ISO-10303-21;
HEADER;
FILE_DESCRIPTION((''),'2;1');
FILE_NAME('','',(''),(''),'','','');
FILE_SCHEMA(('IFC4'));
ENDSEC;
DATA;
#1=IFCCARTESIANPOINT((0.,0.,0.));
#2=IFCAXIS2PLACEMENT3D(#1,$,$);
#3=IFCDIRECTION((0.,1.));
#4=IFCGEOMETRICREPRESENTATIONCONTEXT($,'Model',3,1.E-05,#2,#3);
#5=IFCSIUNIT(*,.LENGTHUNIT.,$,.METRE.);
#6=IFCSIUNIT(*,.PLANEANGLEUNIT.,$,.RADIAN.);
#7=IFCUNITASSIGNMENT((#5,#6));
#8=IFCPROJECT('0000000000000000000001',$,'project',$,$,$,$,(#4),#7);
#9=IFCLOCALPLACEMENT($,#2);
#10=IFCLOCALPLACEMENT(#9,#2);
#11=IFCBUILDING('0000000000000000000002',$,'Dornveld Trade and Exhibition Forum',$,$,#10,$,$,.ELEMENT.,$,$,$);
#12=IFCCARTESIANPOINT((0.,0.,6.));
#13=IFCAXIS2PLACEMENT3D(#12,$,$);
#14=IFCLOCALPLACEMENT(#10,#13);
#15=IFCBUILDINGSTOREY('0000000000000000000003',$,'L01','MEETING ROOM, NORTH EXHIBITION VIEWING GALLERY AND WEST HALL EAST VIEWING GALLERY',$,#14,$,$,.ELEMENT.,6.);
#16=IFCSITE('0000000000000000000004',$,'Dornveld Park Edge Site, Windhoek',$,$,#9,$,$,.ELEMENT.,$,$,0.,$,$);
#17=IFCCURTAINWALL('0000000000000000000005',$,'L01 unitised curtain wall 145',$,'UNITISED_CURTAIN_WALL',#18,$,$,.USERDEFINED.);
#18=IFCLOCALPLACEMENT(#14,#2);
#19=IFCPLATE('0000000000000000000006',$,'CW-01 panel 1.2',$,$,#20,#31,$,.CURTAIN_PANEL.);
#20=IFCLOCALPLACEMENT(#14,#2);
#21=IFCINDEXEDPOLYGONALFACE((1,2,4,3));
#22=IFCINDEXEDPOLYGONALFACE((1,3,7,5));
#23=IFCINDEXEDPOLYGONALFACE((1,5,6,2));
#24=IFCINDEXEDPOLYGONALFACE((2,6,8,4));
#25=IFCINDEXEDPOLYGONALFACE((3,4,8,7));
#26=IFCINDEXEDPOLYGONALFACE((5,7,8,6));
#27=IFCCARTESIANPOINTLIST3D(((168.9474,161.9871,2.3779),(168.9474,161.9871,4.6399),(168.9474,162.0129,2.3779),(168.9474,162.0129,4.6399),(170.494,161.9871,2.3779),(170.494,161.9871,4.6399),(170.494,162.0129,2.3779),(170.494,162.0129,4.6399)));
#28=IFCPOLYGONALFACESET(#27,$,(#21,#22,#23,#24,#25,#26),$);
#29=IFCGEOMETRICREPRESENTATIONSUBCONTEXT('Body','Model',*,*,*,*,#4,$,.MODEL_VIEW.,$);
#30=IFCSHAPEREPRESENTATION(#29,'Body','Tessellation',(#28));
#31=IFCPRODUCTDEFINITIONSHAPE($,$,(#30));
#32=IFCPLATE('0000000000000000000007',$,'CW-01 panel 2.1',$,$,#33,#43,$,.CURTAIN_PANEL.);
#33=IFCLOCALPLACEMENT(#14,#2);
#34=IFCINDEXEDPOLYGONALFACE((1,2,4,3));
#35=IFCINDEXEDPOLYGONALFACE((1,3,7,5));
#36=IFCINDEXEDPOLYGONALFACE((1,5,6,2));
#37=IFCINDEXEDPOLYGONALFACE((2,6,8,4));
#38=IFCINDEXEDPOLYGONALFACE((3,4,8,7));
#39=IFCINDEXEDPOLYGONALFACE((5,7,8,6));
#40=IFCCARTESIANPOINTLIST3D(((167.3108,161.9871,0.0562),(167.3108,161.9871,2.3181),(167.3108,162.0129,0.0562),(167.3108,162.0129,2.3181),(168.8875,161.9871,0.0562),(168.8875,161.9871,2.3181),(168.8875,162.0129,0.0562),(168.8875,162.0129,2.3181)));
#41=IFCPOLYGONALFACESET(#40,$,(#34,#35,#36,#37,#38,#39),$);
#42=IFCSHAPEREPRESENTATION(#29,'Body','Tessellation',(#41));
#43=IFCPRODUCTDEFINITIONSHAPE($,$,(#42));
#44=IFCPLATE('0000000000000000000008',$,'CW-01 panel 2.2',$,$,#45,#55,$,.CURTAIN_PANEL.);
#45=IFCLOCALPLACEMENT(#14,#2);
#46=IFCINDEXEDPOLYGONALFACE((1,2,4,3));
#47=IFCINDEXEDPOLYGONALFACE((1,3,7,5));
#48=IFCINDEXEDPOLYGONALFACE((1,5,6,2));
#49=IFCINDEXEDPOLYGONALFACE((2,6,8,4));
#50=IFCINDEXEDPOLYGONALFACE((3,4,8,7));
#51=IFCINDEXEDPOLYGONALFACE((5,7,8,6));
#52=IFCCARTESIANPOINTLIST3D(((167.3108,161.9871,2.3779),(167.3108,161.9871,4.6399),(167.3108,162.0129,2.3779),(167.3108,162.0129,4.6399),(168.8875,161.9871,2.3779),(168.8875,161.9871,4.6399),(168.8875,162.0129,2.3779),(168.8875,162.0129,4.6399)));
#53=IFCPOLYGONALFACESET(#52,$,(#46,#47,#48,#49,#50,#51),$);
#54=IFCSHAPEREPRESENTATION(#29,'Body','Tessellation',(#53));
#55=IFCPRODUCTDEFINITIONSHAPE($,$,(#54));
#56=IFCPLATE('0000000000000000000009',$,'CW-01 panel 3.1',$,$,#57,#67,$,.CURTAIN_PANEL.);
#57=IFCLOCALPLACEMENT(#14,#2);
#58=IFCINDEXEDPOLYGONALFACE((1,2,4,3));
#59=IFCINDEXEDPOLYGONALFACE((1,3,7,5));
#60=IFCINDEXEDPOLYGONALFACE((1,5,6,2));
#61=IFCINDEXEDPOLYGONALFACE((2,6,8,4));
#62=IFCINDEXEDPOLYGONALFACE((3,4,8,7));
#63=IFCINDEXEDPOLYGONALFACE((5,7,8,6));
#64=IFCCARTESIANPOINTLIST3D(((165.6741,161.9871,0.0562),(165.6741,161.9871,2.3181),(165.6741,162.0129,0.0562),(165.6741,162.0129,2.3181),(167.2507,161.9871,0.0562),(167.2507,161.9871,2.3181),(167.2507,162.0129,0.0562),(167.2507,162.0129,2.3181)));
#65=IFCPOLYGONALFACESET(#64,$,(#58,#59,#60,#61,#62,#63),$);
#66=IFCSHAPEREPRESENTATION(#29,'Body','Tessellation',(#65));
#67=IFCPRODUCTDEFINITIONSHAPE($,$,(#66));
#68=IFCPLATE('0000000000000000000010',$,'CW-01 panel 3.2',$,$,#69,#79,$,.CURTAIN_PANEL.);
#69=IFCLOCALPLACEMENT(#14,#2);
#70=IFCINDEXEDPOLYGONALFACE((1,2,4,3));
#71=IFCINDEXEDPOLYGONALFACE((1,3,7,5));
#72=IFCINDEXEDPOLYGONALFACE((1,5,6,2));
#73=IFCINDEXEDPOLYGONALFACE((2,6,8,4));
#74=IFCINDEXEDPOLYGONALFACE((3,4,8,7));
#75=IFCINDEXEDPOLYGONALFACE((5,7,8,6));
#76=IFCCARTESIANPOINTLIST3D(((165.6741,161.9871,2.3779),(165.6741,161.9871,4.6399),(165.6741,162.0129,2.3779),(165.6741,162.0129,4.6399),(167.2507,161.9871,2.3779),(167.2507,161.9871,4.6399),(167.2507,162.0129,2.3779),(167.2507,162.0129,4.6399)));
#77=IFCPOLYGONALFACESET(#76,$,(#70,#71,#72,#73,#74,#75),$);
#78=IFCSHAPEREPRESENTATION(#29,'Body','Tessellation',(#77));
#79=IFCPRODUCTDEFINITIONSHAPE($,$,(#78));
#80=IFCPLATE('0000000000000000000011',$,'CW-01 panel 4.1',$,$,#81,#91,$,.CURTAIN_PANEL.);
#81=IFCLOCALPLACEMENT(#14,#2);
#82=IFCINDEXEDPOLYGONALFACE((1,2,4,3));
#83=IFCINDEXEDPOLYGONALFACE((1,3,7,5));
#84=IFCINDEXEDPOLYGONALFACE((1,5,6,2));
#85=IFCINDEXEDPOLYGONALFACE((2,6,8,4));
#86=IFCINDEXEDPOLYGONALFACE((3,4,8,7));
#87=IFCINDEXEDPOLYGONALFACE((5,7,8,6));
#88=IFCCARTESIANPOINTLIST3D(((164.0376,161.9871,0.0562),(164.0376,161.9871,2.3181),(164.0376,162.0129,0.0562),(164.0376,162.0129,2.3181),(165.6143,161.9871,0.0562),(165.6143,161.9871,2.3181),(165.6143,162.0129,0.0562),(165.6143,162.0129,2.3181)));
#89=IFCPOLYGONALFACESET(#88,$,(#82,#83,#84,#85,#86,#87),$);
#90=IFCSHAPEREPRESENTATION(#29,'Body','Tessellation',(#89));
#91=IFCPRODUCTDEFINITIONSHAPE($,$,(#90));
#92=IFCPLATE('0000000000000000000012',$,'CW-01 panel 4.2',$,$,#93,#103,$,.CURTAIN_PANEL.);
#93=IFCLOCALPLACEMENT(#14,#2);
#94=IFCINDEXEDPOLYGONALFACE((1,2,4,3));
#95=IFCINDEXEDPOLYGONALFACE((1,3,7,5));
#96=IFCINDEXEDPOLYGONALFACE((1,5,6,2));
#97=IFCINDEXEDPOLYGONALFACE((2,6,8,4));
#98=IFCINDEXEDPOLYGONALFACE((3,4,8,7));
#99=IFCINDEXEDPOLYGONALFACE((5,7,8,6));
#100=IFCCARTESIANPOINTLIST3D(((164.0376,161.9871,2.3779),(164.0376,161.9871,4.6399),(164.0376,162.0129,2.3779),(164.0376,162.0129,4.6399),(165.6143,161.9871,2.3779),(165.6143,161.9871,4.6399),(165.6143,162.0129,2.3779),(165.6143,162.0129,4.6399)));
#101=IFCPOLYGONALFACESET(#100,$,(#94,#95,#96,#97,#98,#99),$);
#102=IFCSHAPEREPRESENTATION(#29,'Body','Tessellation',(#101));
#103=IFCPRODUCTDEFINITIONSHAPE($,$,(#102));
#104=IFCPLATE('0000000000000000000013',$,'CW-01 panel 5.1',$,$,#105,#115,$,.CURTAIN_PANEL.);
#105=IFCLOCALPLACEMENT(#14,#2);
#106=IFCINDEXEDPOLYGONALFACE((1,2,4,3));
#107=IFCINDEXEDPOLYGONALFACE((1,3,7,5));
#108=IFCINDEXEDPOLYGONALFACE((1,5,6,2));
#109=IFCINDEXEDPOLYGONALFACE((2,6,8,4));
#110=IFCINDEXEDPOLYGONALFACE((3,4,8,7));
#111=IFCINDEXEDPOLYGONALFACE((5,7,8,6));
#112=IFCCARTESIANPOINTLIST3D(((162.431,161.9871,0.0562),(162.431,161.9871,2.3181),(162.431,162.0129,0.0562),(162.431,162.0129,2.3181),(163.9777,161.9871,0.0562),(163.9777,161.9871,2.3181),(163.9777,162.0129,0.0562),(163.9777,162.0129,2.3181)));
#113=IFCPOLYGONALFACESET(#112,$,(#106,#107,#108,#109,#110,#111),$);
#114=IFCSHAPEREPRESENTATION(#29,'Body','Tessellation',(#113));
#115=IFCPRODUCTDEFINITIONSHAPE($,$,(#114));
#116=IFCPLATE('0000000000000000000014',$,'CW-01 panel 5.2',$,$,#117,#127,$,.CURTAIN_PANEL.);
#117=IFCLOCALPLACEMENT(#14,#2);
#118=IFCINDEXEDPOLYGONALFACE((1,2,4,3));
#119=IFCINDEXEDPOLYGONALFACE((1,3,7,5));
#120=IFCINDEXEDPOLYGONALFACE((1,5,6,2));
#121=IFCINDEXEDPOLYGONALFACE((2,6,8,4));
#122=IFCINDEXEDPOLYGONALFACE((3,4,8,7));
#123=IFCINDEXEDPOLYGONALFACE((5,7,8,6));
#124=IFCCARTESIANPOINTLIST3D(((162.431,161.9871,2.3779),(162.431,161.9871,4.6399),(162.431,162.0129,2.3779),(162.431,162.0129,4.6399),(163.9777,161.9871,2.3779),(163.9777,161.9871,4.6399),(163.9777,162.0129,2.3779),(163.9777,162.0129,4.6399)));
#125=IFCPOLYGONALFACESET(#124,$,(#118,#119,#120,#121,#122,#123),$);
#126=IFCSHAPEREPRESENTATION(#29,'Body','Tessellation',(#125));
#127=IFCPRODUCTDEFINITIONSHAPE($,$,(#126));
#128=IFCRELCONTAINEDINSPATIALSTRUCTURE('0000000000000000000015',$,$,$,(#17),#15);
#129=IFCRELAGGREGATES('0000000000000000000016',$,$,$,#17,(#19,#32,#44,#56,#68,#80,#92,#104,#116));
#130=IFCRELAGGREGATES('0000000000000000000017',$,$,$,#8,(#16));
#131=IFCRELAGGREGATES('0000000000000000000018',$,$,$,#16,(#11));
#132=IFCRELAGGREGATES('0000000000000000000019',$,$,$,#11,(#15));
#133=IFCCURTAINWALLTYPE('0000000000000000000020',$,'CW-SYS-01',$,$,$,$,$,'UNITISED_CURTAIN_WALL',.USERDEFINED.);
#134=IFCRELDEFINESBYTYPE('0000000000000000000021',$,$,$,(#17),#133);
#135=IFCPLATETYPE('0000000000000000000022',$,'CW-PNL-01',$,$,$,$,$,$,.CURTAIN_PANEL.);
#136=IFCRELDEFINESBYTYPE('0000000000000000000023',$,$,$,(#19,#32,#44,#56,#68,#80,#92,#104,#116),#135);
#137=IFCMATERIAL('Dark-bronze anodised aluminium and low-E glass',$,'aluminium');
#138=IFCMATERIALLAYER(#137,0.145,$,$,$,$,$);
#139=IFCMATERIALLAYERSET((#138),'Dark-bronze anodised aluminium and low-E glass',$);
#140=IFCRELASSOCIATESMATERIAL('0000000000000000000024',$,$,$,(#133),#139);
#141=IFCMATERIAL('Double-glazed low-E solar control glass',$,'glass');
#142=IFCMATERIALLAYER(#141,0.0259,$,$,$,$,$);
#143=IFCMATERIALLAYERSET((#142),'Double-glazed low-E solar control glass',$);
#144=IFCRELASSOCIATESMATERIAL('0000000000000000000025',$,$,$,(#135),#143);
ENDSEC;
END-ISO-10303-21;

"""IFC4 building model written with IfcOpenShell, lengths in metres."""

from ifc_helpers import new_model, si_unit, direction, frame, origin, origin_2d, place, context, subcontext, project, spatial, rectangle, extrude, material, layer, layer_set, type_object, element, aggregate, save


model = new_model("IFC4")

# Units and contexts
model_context = context("Model", 3, precision=1e-05, world=origin(), true_north=direction((0.0, 1.0)))
body_context = subcontext(model_context, "Body", "Model", "MODEL_VIEW")
ifc_project = project(units=[si_unit("LENGTHUNIT", "METRE"), si_unit("PLANEANGLEUNIT", "RADIAN")], contexts=[model_context])

# Site, building, storey
site_placement = place(None, origin())
site = spatial("IfcSite", under=ifc_project, at=site_placement, Name="Dornveld Park Edge Site, Windhoek", CompositionType="ELEMENT", RefElevation=0.0)
building_placement = place(site_placement, origin())
building = spatial("IfcBuilding", under=site, at=building_placement, Name="Dornveld Trade and Exhibition Forum", CompositionType="ELEMENT")
storey_placement = place(building_placement, frame((0.0, 0.0, 6.0)))
storey = spatial("IfcBuildingStorey", under=building, at=storey_placement, Name="L01", Description="MEETING ROOM, NORTH EXHIBITION VIEWING GALLERY AND WEST HALL EAST VIEWING GALLERY", CompositionType="ELEMENT", Elevation=6.0)

# Curtain wall, plates
ifc_material_1 = material(Name="Dark-bronze anodised aluminium and low-E glass", Category="aluminium")
ifc_layer_1 = layer(ifc_material_1, 0.145)
ifc_layer_set_1 = layer_set([ifc_layer_1], Name="Dark-bronze anodised aluminium and low-E glass")
curtain_wall_type = type_object("IfcCurtainWallType", Name="CW-SYS-01", ElementType="UNITISED_CURTAIN_WALL", PredefinedType="USERDEFINED", material=ifc_layer_set_1)
curtain_wall_placement = place(storey_placement, origin())
curtain_wall = element("IfcCurtainWall", 1, at=curtain_wall_placement, inside=storey, type_object=curtain_wall_type, Name="L01 unitised curtain wall 145", ObjectType="UNITISED_CURTAIN_WALL", PredefinedType="USERDEFINED")
ifc_material_2 = material(Name="Double-glazed low-E solar control glass", Category="glass")
ifc_layer_2 = layer(ifc_material_2, 0.0259)
ifc_layer_set_2 = layer_set([ifc_layer_2], Name="Double-glazed low-E solar control glass")
plate_type = type_object("IfcPlateType", Name="CW-PNL-01", PredefinedType="CURTAIN_PANEL", material=ifc_layer_set_2)
plate_1_placement = place(storey_placement, frame((169.7207, 162.0, 2.3779), z_axis=(0.0, 0.0, 1.0), x_axis=(-1.0, 0.0, 0.0)))
plate_1 = element("IfcPlate", 2, at=plate_1_placement, type_object=plate_type, Name="CW-01 panel 1.2", PredefinedType="CURTAIN_PANEL", context=body_context, shape_type="SweptSolid", body=[
    extrude(rectangle(XDim=1.5466, YDim=0.0259, at=origin_2d()), origin(), (0.0, 0.0, 1.0), 2.262),
])
plate_2_placement = place(storey_placement, frame((168.0991, 162.0, 0.0562), z_axis=(0.0, 0.0, 1.0), x_axis=(-1.0, 0.0, 0.0)))
plate_2 = element("IfcPlate", 3, at=plate_2_placement, type_object=plate_type, Name="CW-01 panel 2.1", PredefinedType="CURTAIN_PANEL", context=body_context, shape_type="SweptSolid", body=[
    extrude(rectangle(XDim=1.5767, YDim=0.0259, at=origin_2d()), origin(), (0.0, 0.0, 1.0), 2.262),
])
plate_3_placement = place(storey_placement, frame((168.0991, 162.0, 2.3779), z_axis=(0.0, 0.0, 1.0), x_axis=(-1.0, 0.0, 0.0)))
plate_3 = element("IfcPlate", 4, at=plate_3_placement, type_object=plate_type, Name="CW-01 panel 2.2", PredefinedType="CURTAIN_PANEL", context=body_context, shape_type="SweptSolid", body=[
    extrude(rectangle(XDim=1.5767, YDim=0.0259, at=origin_2d()), origin(), (0.0, 0.0, 1.0), 2.262),
])
plate_4_placement = place(storey_placement, frame((166.4624, 162.0, 0.0562), z_axis=(0.0, 0.0, 1.0), x_axis=(-1.0, 0.0, 0.0)))
plate_4 = element("IfcPlate", 5, at=plate_4_placement, type_object=plate_type, Name="CW-01 panel 3.1", PredefinedType="CURTAIN_PANEL", context=body_context, shape_type="SweptSolid", body=[
    extrude(rectangle(XDim=1.5767, YDim=0.0259, at=origin_2d()), origin(), (0.0, 0.0, 1.0), 2.262),
])
plate_5_placement = place(storey_placement, frame((166.4624, 162.0, 2.3779), z_axis=(0.0, 0.0, 1.0), x_axis=(-1.0, 0.0, 0.0)))
plate_5 = element("IfcPlate", 6, at=plate_5_placement, type_object=plate_type, Name="CW-01 panel 3.2", PredefinedType="CURTAIN_PANEL", context=body_context, shape_type="SweptSolid", body=[
    extrude(rectangle(XDim=1.5767, YDim=0.0259, at=origin_2d()), origin(), (0.0, 0.0, 1.0), 2.262),
])
plate_6_placement = place(storey_placement, frame((164.8259, 162.0, 0.0562), z_axis=(0.0, 0.0, 1.0), x_axis=(-1.0, 0.0, 0.0)))
plate_6 = element("IfcPlate", 7, at=plate_6_placement, type_object=plate_type, Name="CW-01 panel 4.1", PredefinedType="CURTAIN_PANEL", context=body_context, shape_type="SweptSolid", body=[
    extrude(rectangle(XDim=1.5767, YDim=0.0259, at=origin_2d()), origin(), (0.0, 0.0, 1.0), 2.262),
])
plate_7_placement = place(storey_placement, frame((164.8259, 162.0, 2.3779), z_axis=(0.0, 0.0, 1.0), x_axis=(-1.0, 0.0, 0.0)))
plate_7 = element("IfcPlate", 8, at=plate_7_placement, type_object=plate_type, Name="CW-01 panel 4.2", PredefinedType="CURTAIN_PANEL", context=body_context, shape_type="SweptSolid", body=[
    extrude(rectangle(XDim=1.5767, YDim=0.0259, at=origin_2d()), origin(), (0.0, 0.0, 1.0), 2.262),
])
plate_8_placement = place(storey_placement, frame((163.2043, 162.0, 0.0562), z_axis=(0.0, 0.0, 1.0), x_axis=(-1.0, 0.0, 0.0)))
plate_8 = element("IfcPlate", 9, at=plate_8_placement, type_object=plate_type, Name="CW-01 panel 5.1", PredefinedType="CURTAIN_PANEL", context=body_context, shape_type="SweptSolid", body=[
    extrude(rectangle(XDim=1.5466, YDim=0.0259, at=origin_2d()), origin(), (0.0, 0.0, 1.0), 2.262),
])
plate_9_placement = place(storey_placement, frame((163.2043, 162.0, 2.3779), z_axis=(0.0, 0.0, 1.0), x_axis=(-1.0, 0.0, 0.0)))
plate_9 = element("IfcPlate", 10, at=plate_9_placement, type_object=plate_type, Name="CW-01 panel 5.2", PredefinedType="CURTAIN_PANEL", context=body_context, shape_type="SweptSolid", body=[
    extrude(rectangle(XDim=1.5466, YDim=0.0259, at=origin_2d()), origin(), (0.0, 0.0, 1.0), 2.262),
])
aggregate(curtain_wall, [plate_1, plate_2, plate_3, plate_4, plate_5, plate_6, plate_7, plate_8, plate_9])

save(model, "model.ifc")
